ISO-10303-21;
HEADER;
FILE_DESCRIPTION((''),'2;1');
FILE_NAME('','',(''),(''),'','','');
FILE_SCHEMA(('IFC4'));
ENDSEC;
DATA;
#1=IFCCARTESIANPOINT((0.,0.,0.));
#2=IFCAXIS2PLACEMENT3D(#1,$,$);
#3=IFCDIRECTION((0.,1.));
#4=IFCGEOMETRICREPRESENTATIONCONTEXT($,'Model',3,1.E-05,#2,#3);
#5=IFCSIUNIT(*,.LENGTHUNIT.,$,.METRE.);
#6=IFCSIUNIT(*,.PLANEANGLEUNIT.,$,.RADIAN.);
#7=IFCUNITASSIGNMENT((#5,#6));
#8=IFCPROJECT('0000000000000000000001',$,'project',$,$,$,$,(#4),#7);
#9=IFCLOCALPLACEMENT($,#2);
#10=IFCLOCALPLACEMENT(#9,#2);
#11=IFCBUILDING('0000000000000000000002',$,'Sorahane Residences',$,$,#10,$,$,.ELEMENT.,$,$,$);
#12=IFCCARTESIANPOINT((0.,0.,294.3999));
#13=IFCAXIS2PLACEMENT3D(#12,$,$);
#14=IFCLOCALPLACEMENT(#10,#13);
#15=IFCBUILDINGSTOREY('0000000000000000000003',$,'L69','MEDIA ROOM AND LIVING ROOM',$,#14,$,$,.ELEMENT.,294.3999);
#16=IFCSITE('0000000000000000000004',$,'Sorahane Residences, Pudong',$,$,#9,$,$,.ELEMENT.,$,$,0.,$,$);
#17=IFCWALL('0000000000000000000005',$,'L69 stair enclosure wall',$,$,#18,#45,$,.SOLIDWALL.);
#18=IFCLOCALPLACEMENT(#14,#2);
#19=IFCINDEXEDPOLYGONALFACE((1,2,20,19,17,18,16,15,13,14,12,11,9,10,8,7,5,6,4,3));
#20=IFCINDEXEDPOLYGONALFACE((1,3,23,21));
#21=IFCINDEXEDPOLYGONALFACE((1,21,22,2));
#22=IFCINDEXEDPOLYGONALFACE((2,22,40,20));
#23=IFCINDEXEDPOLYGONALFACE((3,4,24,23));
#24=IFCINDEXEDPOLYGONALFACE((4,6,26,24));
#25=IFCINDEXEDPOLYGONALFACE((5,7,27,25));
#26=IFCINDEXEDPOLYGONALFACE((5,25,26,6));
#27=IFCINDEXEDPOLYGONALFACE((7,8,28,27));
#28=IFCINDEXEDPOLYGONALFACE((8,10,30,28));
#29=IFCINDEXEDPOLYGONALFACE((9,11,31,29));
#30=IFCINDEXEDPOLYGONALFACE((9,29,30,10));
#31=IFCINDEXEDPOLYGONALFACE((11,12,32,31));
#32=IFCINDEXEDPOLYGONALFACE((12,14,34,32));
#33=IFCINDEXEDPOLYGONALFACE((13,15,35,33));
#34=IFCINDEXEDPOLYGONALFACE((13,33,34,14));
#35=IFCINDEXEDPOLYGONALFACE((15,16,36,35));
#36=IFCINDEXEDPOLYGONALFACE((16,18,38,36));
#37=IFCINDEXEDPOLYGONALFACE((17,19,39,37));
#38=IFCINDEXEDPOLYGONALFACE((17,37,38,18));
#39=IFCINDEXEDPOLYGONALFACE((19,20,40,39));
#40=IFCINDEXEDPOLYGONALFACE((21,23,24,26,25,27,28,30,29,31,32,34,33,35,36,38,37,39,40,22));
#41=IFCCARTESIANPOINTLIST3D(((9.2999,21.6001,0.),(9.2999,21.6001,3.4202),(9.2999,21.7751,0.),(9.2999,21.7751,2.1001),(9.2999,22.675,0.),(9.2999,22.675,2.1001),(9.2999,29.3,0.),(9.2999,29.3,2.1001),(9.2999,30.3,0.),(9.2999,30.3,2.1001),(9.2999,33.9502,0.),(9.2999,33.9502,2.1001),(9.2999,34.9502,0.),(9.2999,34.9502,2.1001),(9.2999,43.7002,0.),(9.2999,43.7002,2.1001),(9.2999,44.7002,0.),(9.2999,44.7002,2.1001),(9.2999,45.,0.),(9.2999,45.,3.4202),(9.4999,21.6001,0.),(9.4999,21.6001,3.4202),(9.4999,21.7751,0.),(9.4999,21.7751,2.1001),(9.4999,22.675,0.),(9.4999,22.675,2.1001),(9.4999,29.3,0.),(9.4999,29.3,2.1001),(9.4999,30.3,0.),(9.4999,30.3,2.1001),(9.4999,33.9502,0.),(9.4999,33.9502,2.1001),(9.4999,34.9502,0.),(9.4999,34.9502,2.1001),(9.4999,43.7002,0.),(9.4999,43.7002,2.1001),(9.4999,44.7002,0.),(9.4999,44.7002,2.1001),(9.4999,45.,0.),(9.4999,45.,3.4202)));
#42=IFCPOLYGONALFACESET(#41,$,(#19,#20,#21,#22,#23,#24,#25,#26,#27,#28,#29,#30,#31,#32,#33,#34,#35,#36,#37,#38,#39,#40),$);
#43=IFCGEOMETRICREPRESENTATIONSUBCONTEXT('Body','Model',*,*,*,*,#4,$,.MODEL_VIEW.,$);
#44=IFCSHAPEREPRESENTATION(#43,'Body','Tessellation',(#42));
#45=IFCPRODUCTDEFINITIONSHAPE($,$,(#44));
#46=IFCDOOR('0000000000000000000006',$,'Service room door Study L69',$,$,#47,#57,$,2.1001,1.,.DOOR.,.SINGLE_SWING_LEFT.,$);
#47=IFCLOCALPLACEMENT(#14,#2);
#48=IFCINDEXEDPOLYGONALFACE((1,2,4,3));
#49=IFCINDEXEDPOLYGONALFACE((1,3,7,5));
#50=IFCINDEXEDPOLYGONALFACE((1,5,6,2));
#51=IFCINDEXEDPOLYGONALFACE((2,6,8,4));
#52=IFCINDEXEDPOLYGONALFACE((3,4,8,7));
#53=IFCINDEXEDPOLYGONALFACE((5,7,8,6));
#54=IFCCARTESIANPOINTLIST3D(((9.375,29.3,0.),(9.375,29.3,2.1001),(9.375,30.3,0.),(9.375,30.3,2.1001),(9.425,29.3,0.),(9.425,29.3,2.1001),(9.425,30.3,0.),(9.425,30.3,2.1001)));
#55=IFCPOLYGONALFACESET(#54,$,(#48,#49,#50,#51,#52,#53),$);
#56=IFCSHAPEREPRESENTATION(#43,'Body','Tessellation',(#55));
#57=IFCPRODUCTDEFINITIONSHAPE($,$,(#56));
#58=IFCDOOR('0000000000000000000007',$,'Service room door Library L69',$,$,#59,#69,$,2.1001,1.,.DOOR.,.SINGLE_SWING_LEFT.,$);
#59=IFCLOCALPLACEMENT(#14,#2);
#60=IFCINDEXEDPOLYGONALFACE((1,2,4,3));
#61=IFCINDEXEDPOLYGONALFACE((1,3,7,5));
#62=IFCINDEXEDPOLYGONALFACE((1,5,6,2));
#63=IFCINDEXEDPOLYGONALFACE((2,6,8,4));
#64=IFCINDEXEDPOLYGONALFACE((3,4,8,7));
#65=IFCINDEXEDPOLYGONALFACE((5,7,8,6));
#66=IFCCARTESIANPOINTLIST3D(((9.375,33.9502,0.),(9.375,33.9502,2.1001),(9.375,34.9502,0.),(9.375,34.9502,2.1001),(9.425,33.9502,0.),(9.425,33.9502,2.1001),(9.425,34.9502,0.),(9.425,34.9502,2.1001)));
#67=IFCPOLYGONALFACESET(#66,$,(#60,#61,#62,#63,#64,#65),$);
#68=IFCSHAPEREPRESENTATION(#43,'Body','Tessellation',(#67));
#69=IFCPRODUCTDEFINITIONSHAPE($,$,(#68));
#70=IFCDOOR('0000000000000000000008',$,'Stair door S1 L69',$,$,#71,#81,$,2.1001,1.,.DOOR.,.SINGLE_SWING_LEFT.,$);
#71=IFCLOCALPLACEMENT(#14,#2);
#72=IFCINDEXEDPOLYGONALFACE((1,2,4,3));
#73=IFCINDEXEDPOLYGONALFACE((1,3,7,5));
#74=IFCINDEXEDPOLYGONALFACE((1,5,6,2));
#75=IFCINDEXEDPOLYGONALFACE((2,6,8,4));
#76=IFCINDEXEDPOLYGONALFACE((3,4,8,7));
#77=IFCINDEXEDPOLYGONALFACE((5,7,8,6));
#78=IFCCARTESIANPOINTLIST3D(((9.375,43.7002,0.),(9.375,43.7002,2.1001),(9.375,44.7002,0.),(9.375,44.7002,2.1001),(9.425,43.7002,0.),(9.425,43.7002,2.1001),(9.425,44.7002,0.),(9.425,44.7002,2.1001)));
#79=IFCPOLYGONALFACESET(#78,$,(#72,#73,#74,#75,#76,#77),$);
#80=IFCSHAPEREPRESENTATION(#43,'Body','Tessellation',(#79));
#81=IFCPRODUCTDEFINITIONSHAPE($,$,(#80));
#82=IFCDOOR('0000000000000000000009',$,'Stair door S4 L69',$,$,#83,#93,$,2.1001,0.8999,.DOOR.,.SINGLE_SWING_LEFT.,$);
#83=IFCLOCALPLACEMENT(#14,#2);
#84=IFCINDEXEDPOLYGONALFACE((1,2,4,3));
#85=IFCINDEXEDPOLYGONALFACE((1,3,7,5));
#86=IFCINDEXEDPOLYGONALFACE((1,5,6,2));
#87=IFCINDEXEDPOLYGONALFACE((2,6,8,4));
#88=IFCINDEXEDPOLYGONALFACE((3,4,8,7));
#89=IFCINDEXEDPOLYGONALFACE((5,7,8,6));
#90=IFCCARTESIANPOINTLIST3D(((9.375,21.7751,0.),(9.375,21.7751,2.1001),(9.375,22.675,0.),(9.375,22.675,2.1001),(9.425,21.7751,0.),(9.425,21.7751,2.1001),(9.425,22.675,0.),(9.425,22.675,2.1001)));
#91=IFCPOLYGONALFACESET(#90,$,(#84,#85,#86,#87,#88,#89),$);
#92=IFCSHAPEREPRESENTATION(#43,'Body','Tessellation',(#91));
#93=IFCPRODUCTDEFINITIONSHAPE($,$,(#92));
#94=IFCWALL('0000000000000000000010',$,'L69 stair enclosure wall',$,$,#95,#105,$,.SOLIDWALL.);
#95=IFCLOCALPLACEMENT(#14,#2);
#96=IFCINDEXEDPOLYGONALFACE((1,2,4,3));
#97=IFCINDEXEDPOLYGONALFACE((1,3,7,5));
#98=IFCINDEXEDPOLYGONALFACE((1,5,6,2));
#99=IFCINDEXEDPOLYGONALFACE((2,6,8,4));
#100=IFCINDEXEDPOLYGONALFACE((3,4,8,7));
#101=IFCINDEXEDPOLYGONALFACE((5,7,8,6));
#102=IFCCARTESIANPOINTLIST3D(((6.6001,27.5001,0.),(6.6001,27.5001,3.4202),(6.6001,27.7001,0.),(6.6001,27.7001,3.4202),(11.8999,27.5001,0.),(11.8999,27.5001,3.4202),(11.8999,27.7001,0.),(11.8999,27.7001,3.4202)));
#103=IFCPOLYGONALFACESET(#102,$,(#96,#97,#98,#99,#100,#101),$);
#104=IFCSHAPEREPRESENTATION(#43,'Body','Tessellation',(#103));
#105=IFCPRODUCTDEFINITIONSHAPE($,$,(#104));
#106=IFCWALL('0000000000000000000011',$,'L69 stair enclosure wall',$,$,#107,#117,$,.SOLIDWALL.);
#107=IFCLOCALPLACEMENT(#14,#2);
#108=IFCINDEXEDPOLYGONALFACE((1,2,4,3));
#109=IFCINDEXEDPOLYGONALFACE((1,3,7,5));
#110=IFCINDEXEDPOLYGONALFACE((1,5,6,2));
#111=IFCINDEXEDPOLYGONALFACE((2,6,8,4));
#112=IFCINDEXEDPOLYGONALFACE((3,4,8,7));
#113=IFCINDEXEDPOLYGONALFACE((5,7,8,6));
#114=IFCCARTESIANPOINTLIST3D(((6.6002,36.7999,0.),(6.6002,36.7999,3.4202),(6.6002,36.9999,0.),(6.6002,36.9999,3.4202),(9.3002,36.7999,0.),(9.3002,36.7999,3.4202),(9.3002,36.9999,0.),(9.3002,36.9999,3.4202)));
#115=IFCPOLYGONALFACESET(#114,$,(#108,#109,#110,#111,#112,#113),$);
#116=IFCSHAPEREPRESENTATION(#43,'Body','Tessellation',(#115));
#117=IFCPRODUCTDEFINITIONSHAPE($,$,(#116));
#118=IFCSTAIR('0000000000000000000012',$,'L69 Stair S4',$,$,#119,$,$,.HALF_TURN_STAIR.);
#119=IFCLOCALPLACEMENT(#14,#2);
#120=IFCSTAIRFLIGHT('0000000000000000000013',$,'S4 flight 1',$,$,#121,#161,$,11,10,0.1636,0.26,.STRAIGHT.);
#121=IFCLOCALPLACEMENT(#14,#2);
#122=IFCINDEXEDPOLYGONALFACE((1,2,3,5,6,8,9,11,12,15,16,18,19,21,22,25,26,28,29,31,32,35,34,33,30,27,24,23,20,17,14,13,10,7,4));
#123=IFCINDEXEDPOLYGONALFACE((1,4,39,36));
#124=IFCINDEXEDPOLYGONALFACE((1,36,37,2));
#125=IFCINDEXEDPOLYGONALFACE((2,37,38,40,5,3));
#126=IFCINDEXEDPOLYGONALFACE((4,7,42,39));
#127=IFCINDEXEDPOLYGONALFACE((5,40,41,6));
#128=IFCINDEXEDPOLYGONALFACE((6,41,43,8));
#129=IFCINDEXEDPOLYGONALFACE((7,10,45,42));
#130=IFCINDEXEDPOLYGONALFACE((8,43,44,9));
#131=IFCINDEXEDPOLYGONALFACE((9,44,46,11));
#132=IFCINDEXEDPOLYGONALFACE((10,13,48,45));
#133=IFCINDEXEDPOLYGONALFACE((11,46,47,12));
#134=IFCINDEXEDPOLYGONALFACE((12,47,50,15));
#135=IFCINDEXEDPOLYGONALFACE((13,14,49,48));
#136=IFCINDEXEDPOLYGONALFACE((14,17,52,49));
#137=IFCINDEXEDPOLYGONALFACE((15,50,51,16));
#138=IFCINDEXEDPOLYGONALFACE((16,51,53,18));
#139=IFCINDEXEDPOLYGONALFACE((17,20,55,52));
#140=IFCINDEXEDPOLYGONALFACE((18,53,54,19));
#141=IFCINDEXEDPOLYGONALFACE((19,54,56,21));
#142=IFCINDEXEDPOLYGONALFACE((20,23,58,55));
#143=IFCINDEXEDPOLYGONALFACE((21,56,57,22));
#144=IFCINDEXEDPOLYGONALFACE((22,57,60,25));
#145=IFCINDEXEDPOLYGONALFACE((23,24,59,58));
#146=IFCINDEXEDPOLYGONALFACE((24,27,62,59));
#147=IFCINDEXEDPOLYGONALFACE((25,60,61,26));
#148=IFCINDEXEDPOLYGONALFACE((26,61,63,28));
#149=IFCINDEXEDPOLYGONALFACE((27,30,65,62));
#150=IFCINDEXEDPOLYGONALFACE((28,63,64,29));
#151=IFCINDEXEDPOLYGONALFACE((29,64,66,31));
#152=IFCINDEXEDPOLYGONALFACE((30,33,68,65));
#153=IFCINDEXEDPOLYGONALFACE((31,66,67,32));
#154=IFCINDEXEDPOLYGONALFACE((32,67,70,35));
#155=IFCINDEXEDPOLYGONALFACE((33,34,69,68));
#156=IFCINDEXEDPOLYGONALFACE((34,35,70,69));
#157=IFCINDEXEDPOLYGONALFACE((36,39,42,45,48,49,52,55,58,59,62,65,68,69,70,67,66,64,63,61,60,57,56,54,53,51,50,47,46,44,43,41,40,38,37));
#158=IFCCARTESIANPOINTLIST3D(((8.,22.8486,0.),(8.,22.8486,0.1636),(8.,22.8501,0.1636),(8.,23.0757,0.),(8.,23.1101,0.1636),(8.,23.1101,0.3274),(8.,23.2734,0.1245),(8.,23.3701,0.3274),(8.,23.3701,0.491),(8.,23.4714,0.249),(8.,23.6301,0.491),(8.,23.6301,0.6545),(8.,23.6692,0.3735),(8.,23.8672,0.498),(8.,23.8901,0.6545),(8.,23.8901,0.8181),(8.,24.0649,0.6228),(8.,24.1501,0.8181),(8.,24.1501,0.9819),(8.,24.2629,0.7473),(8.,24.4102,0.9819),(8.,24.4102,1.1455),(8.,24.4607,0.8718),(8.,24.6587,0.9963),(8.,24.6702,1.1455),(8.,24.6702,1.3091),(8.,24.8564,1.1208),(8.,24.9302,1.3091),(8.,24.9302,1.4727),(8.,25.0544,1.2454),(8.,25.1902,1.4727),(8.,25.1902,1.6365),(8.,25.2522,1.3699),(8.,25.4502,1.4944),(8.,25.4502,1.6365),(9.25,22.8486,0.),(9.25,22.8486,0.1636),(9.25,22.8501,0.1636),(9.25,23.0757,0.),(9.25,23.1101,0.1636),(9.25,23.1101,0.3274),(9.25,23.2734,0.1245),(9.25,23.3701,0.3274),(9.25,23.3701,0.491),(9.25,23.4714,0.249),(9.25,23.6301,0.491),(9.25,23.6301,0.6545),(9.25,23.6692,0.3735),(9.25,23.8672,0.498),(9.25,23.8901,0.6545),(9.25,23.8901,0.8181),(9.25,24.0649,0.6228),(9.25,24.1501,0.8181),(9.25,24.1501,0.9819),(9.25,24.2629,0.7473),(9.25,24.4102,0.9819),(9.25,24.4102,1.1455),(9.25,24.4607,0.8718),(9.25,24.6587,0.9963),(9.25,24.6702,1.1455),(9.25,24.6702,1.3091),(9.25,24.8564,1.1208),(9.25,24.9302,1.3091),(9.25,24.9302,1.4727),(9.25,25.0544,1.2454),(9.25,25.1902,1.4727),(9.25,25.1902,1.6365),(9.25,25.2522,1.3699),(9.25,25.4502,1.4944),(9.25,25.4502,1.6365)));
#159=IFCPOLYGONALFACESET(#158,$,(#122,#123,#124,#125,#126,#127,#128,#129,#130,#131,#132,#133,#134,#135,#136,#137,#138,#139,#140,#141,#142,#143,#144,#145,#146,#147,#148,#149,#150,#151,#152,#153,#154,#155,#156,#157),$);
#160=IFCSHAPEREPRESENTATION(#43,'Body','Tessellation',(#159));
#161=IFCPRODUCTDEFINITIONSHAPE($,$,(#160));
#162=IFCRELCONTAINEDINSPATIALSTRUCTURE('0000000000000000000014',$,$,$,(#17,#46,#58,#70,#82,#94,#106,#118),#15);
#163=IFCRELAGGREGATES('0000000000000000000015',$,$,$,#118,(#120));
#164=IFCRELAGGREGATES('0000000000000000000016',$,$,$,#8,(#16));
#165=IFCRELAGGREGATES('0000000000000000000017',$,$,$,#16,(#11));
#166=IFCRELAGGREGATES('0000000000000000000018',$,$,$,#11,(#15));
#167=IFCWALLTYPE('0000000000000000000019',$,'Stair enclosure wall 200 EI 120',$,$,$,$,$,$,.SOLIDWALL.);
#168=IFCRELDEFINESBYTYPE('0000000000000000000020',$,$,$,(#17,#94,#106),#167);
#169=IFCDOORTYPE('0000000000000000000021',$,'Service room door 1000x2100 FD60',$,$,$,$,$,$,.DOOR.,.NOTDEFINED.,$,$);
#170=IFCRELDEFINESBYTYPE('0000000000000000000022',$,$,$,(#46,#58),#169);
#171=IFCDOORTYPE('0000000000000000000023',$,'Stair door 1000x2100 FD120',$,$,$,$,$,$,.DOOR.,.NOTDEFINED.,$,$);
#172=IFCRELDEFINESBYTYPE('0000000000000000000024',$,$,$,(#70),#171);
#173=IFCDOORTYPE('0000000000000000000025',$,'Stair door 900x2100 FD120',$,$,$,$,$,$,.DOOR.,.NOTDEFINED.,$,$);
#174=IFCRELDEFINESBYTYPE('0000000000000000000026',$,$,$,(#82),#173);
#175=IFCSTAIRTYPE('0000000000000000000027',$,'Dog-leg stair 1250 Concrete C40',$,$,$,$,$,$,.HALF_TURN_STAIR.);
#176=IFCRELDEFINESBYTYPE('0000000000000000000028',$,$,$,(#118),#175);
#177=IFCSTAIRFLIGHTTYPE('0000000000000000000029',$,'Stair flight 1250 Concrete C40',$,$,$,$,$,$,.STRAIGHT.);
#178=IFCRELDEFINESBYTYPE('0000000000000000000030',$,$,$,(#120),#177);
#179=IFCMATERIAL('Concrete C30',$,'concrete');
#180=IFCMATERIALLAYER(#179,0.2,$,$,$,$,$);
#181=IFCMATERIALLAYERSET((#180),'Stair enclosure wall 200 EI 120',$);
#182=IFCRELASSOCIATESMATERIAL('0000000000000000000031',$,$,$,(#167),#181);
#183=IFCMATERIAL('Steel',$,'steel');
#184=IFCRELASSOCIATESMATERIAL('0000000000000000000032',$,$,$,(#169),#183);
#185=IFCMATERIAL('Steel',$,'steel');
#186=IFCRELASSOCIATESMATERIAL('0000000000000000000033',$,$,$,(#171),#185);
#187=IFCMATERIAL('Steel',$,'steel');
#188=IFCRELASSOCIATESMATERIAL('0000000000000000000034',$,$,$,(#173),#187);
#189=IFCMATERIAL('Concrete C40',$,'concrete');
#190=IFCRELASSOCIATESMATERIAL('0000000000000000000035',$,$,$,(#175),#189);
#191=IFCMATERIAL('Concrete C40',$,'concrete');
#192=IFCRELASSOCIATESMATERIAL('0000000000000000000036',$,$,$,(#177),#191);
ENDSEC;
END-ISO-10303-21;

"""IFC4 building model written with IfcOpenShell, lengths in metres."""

from ifc_helpers import new_model, si_unit, direction, frame, frame_2d, origin, place, context, subcontext, project, spatial, polyline, rectangle, outline, extrude, material, layer, layer_set, type_object, element, fill, aggregate, save


model = new_model("IFC4")

# Units and contexts
model_context = context("Model", 3, precision=1e-05, world=origin(), true_north=direction((0.0, 1.0)))
body_context = subcontext(model_context, "Body", "Model", "MODEL_VIEW")
ifc_project = project(units=[si_unit("LENGTHUNIT", "METRE"), si_unit("PLANEANGLEUNIT", "RADIAN")], contexts=[model_context])

# Site, building, storey
site_placement = place(None, origin())
site = spatial("IfcSite", under=ifc_project, at=site_placement, Name="Sorahane Residences, Pudong", CompositionType="ELEMENT", RefElevation=0.0)
building_placement = place(site_placement, origin())
building = spatial("IfcBuilding", under=site, at=building_placement, Name="Sorahane Residences", CompositionType="ELEMENT")
storey_placement = place(building_placement, frame((0.0, 0.0, 294.3999)))
storey = spatial("IfcBuildingStorey", under=building, at=storey_placement, Name="L69", Description="MEDIA ROOM AND LIVING ROOM", CompositionType="ELEMENT", Elevation=294.3999)

# Wall, openings, doors
ifc_material_1 = material(Name="Concrete C30", Category="concrete")
ifc_layer_1 = layer(ifc_material_1, 0.2)
ifc_layer_set_1 = layer_set([ifc_layer_1], Name="Stair enclosure wall 200 EI 120")
wall_type_1 = type_object("IfcWallType", Name="Stair enclosure wall 200 EI 120", PredefinedType="SOLIDWALL", material=ifc_layer_set_1)
wall_1_placement = place(storey_placement, frame((9.3999, 21.6001, 0.0), z_axis=(0.0, 0.0, 1.0), x_axis=(0.0, 1.0, 0.0)))
wall_1 = element("IfcWall", 1, at=wall_1_placement, inside=storey, type_object=wall_type_1, Name="L69 stair enclosure wall", PredefinedType="SOLIDWALL", context=body_context, shape_type="SweptSolid", body=[
    extrude(rectangle(XDim=23.3999, YDim=0.2, at=frame_2d((11.7, 0.0))), origin(), (0.0, 0.0, 1.0), 3.4202),
])
opening_1_placement = place(wall_1_placement, frame((7.7, 0.0, 0.0)))
opening_1 = element("IfcOpeningElement", 2, at=opening_1_placement, cuts=wall_1, PredefinedType="OPENING", context=body_context, shape_type="SweptSolid", body=[
    extrude(rectangle(XDim=1.0, YDim=2.1001, at=frame_2d((0.5, 1.05))), frame((0.0, 0.1099, 0.0), z_axis=(0.0, -1.0, 0.0), x_axis=(1.0, 0.0, 0.0)), (0.0, 0.0, 1.0), 0.22),
])
opening_2_placement = place(wall_1_placement, frame((12.3501, 0.0, 0.0)))
opening_2 = element("IfcOpeningElement", 3, at=opening_2_placement, cuts=wall_1, PredefinedType="OPENING", context=body_context, shape_type="SweptSolid", body=[
    extrude(rectangle(XDim=1.0, YDim=2.1001, at=frame_2d((0.5, 1.05))), frame((0.0, 0.1099, 0.0), z_axis=(0.0, -1.0, 0.0), x_axis=(1.0, 0.0, 0.0)), (0.0, 0.0, 1.0), 0.22),
])
opening_3_placement = place(wall_1_placement, frame((22.1001, 0.0, 0.0)))
opening_3 = element("IfcOpeningElement", 4, at=opening_3_placement, cuts=wall_1, PredefinedType="OPENING", context=body_context, shape_type="SweptSolid", body=[
    extrude(rectangle(XDim=1.0, YDim=2.1001, at=frame_2d((0.5, 1.05))), frame((0.0, 0.1099, 0.0), z_axis=(0.0, -1.0, 0.0), x_axis=(1.0, 0.0, 0.0)), (0.0, 0.0, 1.0), 0.22),
])
opening_4_placement = place(wall_1_placement, frame((0.175, 0.0, 0.0)))
opening_4 = element("IfcOpeningElement", 5, at=opening_4_placement, cuts=wall_1, PredefinedType="OPENING", context=body_context, shape_type="SweptSolid", body=[
    extrude(rectangle(XDim=0.8999, YDim=2.1001, at=frame_2d((0.45, 1.05))), frame((0.0, 0.1099, 0.0), z_axis=(0.0, -1.0, 0.0), x_axis=(1.0, 0.0, 0.0)), (0.0, 0.0, 1.0), 0.22),
])
ifc_material_2 = material(Name="Steel", Category="steel")
door_type_1 = type_object("IfcDoorType", Name="Service room door 1000x2100 FD60", OperationType="NOTDEFINED", PredefinedType="DOOR", material=ifc_material_2)
door_1_placement = place(opening_1_placement, origin())
door_1 = element("IfcDoor", 6, at=door_1_placement, inside=storey, type_object=door_type_1, Name="Service room door Study L69", OperationType="SINGLE_SWING_LEFT", OverallHeight=2.1001, OverallWidth=1.0, PredefinedType="DOOR", context=body_context, shape_type="SweptSolid", body=[
    extrude(rectangle(XDim=1.0, YDim=2.1001, at=frame_2d((0.5, 1.05))), frame((0.0, 0.0249, 0.0), z_axis=(0.0, -1.0, 0.0), x_axis=(1.0, 0.0, 0.0)), (0.0, 0.0, 1.0), 0.05),
])
fill(opening_1, door_1)
door_2_placement = place(opening_2_placement, origin())
door_2 = element("IfcDoor", 7, at=door_2_placement, inside=storey, type_object=door_type_1, Name="Service room door Library L69", OperationType="SINGLE_SWING_LEFT", OverallHeight=2.1001, OverallWidth=1.0, PredefinedType="DOOR", context=body_context, shape_type="SweptSolid", body=[
    extrude(rectangle(XDim=1.0, YDim=2.1001, at=frame_2d((0.5, 1.05))), frame((0.0, 0.0249, 0.0), z_axis=(0.0, -1.0, 0.0), x_axis=(1.0, 0.0, 0.0)), (0.0, 0.0, 1.0), 0.05),
])
fill(opening_2, door_2)
ifc_material_3 = material(Name="Steel", Category="steel")
door_type_2 = type_object("IfcDoorType", Name="Stair door 1000x2100 FD120", OperationType="NOTDEFINED", PredefinedType="DOOR", material=ifc_material_3)
door_3_placement = place(opening_3_placement, origin())
door_3 = element("IfcDoor", 8, at=door_3_placement, inside=storey, type_object=door_type_2, Name="Stair door S1 L69", OperationType="SINGLE_SWING_LEFT", OverallHeight=2.1001, OverallWidth=1.0, PredefinedType="DOOR", context=body_context, shape_type="SweptSolid", body=[
    extrude(rectangle(XDim=1.0, YDim=2.1001, at=frame_2d((0.5, 1.05))), frame((0.0, 0.0249, 0.0), z_axis=(0.0, -1.0, 0.0), x_axis=(1.0, 0.0, 0.0)), (0.0, 0.0, 1.0), 0.05),
])
fill(opening_3, door_3)
ifc_material_4 = material(Name="Steel", Category="steel")
door_type_3 = type_object("IfcDoorType", Name="Stair door 900x2100 FD120", OperationType="NOTDEFINED", PredefinedType="DOOR", material=ifc_material_4)
door_4_placement = place(opening_4_placement, origin())
door_4 = element("IfcDoor", 9, at=door_4_placement, inside=storey, type_object=door_type_3, Name="Stair door S4 L69", OperationType="SINGLE_SWING_LEFT", OverallHeight=2.1001, OverallWidth=0.8999, PredefinedType="DOOR", context=body_context, shape_type="SweptSolid", body=[
    extrude(rectangle(XDim=0.8999, YDim=2.1001, at=frame_2d((0.45, 1.05))), frame((0.0, 0.0249, 0.0), z_axis=(0.0, -1.0, 0.0), x_axis=(1.0, 0.0, 0.0)), (0.0, 0.0, 1.0), 0.05),
])
fill(opening_4, door_4)

# Walls
wall_2_placement = place(storey_placement, frame((6.6001, 27.6001, 0.0), z_axis=(0.0, 0.0, 1.0), x_axis=(1.0, 0.0, 0.0)))
element("IfcWall", 10, at=wall_2_placement, inside=storey, type_object=wall_type_1, Name="L69 stair enclosure wall", PredefinedType="SOLIDWALL", context=body_context, shape_type="SweptSolid", body=[
    extrude(rectangle(XDim=5.2998, YDim=0.2, at=frame_2d((2.6499, 0.0))), origin(), (0.0, 0.0, 1.0), 3.4202),
])
wall_3_placement = place(storey_placement, frame((6.6001, 36.8999, 0.0), z_axis=(0.0, 0.0, 1.0), x_axis=(1.0, 0.0, 0.0)))
element("IfcWall", 11, at=wall_3_placement, inside=storey, type_object=wall_type_1, Name="L69 stair enclosure wall", PredefinedType="SOLIDWALL", context=body_context, shape_type="SweptSolid", body=[
    extrude(rectangle(XDim=2.7, YDim=0.2, at=frame_2d((1.3501, 0.0))), origin(), (0.0, 0.0, 1.0), 3.4202),
])

# Stair, stair flight
ifc_material_5 = material(Name="Concrete C40", Category="concrete")
stair_type = type_object("IfcStairType", Name="Dog-leg stair 1250 Concrete C40", PredefinedType="HALF_TURN_STAIR", material=ifc_material_5)
stair_placement = place(storey_placement, origin())
stair = element("IfcStair", 12, at=stair_placement, inside=storey, type_object=stair_type, Name="L69 Stair S4", PredefinedType="HALF_TURN_STAIR")
ifc_material_6 = material(Name="Concrete C40", Category="concrete")
stair_flight_type = type_object("IfcStairFlightType", Name="Stair flight 1250 Concrete C40", PredefinedType="STRAIGHT", material=ifc_material_6)
stair_flight_1_placement = place(storey_placement, frame((8.625, 22.8501, 0.0), z_axis=(0.0, 0.0, 1.0), x_axis=(0.0, 1.0, 0.0)))
stair_flight_1 = element("IfcStairFlight", 13, at=stair_flight_1_placement, type_object=stair_flight_type, Name="S4 flight 1", NumberOfRisers=11, NumberOfTreads=10, PredefinedType="STRAIGHT", RiserHeight=0.1636, TreadLength=0.26, context=body_context, shape_type="SweptSolid", body=[
    extrude(outline(polyline([(-0.0015, 0.0), (-0.0015, 0.1636), (0.0, 0.1636), (0.26, 0.1636), (0.26, 0.3274), (0.52, 0.3274), (0.52, 0.491), (0.78, 0.491), (0.78, 0.6545), (1.04, 0.6545), (1.04, 0.8181), (1.3, 0.8181), (1.3, 0.9819), (1.5601, 0.9819), (1.5601, 1.1455), (1.8201, 1.1455), (1.8201, 1.3091), (2.0801, 1.3091), (2.0801, 1.4727), (2.3401, 1.4727), (2.3401, 1.6365), (2.6001, 1.6365), (2.6001, 1.8), (2.6001, 1.4944), (2.4021, 1.3699), (2.2043, 1.2454), (2.0063, 1.1208), (1.8086, 0.9963), (1.6106, 0.8718), (1.4128, 0.7473), (1.2148, 0.6228), (1.0171, 0.498), (0.8191, 0.3735), (0.6213, 0.249), (0.4233, 0.1245), (0.2256, 0.0), (-0.0015, 0.0)])), frame((0.0, 0.625, 0.0), z_axis=(0.0, -1.0, 0.0), x_axis=(1.0, 0.0, 0.0)), (0.0, 0.0, 1.0), 1.25),
])
aggregate(stair, [stair_flight_1])

save(model, "model.ifc")
